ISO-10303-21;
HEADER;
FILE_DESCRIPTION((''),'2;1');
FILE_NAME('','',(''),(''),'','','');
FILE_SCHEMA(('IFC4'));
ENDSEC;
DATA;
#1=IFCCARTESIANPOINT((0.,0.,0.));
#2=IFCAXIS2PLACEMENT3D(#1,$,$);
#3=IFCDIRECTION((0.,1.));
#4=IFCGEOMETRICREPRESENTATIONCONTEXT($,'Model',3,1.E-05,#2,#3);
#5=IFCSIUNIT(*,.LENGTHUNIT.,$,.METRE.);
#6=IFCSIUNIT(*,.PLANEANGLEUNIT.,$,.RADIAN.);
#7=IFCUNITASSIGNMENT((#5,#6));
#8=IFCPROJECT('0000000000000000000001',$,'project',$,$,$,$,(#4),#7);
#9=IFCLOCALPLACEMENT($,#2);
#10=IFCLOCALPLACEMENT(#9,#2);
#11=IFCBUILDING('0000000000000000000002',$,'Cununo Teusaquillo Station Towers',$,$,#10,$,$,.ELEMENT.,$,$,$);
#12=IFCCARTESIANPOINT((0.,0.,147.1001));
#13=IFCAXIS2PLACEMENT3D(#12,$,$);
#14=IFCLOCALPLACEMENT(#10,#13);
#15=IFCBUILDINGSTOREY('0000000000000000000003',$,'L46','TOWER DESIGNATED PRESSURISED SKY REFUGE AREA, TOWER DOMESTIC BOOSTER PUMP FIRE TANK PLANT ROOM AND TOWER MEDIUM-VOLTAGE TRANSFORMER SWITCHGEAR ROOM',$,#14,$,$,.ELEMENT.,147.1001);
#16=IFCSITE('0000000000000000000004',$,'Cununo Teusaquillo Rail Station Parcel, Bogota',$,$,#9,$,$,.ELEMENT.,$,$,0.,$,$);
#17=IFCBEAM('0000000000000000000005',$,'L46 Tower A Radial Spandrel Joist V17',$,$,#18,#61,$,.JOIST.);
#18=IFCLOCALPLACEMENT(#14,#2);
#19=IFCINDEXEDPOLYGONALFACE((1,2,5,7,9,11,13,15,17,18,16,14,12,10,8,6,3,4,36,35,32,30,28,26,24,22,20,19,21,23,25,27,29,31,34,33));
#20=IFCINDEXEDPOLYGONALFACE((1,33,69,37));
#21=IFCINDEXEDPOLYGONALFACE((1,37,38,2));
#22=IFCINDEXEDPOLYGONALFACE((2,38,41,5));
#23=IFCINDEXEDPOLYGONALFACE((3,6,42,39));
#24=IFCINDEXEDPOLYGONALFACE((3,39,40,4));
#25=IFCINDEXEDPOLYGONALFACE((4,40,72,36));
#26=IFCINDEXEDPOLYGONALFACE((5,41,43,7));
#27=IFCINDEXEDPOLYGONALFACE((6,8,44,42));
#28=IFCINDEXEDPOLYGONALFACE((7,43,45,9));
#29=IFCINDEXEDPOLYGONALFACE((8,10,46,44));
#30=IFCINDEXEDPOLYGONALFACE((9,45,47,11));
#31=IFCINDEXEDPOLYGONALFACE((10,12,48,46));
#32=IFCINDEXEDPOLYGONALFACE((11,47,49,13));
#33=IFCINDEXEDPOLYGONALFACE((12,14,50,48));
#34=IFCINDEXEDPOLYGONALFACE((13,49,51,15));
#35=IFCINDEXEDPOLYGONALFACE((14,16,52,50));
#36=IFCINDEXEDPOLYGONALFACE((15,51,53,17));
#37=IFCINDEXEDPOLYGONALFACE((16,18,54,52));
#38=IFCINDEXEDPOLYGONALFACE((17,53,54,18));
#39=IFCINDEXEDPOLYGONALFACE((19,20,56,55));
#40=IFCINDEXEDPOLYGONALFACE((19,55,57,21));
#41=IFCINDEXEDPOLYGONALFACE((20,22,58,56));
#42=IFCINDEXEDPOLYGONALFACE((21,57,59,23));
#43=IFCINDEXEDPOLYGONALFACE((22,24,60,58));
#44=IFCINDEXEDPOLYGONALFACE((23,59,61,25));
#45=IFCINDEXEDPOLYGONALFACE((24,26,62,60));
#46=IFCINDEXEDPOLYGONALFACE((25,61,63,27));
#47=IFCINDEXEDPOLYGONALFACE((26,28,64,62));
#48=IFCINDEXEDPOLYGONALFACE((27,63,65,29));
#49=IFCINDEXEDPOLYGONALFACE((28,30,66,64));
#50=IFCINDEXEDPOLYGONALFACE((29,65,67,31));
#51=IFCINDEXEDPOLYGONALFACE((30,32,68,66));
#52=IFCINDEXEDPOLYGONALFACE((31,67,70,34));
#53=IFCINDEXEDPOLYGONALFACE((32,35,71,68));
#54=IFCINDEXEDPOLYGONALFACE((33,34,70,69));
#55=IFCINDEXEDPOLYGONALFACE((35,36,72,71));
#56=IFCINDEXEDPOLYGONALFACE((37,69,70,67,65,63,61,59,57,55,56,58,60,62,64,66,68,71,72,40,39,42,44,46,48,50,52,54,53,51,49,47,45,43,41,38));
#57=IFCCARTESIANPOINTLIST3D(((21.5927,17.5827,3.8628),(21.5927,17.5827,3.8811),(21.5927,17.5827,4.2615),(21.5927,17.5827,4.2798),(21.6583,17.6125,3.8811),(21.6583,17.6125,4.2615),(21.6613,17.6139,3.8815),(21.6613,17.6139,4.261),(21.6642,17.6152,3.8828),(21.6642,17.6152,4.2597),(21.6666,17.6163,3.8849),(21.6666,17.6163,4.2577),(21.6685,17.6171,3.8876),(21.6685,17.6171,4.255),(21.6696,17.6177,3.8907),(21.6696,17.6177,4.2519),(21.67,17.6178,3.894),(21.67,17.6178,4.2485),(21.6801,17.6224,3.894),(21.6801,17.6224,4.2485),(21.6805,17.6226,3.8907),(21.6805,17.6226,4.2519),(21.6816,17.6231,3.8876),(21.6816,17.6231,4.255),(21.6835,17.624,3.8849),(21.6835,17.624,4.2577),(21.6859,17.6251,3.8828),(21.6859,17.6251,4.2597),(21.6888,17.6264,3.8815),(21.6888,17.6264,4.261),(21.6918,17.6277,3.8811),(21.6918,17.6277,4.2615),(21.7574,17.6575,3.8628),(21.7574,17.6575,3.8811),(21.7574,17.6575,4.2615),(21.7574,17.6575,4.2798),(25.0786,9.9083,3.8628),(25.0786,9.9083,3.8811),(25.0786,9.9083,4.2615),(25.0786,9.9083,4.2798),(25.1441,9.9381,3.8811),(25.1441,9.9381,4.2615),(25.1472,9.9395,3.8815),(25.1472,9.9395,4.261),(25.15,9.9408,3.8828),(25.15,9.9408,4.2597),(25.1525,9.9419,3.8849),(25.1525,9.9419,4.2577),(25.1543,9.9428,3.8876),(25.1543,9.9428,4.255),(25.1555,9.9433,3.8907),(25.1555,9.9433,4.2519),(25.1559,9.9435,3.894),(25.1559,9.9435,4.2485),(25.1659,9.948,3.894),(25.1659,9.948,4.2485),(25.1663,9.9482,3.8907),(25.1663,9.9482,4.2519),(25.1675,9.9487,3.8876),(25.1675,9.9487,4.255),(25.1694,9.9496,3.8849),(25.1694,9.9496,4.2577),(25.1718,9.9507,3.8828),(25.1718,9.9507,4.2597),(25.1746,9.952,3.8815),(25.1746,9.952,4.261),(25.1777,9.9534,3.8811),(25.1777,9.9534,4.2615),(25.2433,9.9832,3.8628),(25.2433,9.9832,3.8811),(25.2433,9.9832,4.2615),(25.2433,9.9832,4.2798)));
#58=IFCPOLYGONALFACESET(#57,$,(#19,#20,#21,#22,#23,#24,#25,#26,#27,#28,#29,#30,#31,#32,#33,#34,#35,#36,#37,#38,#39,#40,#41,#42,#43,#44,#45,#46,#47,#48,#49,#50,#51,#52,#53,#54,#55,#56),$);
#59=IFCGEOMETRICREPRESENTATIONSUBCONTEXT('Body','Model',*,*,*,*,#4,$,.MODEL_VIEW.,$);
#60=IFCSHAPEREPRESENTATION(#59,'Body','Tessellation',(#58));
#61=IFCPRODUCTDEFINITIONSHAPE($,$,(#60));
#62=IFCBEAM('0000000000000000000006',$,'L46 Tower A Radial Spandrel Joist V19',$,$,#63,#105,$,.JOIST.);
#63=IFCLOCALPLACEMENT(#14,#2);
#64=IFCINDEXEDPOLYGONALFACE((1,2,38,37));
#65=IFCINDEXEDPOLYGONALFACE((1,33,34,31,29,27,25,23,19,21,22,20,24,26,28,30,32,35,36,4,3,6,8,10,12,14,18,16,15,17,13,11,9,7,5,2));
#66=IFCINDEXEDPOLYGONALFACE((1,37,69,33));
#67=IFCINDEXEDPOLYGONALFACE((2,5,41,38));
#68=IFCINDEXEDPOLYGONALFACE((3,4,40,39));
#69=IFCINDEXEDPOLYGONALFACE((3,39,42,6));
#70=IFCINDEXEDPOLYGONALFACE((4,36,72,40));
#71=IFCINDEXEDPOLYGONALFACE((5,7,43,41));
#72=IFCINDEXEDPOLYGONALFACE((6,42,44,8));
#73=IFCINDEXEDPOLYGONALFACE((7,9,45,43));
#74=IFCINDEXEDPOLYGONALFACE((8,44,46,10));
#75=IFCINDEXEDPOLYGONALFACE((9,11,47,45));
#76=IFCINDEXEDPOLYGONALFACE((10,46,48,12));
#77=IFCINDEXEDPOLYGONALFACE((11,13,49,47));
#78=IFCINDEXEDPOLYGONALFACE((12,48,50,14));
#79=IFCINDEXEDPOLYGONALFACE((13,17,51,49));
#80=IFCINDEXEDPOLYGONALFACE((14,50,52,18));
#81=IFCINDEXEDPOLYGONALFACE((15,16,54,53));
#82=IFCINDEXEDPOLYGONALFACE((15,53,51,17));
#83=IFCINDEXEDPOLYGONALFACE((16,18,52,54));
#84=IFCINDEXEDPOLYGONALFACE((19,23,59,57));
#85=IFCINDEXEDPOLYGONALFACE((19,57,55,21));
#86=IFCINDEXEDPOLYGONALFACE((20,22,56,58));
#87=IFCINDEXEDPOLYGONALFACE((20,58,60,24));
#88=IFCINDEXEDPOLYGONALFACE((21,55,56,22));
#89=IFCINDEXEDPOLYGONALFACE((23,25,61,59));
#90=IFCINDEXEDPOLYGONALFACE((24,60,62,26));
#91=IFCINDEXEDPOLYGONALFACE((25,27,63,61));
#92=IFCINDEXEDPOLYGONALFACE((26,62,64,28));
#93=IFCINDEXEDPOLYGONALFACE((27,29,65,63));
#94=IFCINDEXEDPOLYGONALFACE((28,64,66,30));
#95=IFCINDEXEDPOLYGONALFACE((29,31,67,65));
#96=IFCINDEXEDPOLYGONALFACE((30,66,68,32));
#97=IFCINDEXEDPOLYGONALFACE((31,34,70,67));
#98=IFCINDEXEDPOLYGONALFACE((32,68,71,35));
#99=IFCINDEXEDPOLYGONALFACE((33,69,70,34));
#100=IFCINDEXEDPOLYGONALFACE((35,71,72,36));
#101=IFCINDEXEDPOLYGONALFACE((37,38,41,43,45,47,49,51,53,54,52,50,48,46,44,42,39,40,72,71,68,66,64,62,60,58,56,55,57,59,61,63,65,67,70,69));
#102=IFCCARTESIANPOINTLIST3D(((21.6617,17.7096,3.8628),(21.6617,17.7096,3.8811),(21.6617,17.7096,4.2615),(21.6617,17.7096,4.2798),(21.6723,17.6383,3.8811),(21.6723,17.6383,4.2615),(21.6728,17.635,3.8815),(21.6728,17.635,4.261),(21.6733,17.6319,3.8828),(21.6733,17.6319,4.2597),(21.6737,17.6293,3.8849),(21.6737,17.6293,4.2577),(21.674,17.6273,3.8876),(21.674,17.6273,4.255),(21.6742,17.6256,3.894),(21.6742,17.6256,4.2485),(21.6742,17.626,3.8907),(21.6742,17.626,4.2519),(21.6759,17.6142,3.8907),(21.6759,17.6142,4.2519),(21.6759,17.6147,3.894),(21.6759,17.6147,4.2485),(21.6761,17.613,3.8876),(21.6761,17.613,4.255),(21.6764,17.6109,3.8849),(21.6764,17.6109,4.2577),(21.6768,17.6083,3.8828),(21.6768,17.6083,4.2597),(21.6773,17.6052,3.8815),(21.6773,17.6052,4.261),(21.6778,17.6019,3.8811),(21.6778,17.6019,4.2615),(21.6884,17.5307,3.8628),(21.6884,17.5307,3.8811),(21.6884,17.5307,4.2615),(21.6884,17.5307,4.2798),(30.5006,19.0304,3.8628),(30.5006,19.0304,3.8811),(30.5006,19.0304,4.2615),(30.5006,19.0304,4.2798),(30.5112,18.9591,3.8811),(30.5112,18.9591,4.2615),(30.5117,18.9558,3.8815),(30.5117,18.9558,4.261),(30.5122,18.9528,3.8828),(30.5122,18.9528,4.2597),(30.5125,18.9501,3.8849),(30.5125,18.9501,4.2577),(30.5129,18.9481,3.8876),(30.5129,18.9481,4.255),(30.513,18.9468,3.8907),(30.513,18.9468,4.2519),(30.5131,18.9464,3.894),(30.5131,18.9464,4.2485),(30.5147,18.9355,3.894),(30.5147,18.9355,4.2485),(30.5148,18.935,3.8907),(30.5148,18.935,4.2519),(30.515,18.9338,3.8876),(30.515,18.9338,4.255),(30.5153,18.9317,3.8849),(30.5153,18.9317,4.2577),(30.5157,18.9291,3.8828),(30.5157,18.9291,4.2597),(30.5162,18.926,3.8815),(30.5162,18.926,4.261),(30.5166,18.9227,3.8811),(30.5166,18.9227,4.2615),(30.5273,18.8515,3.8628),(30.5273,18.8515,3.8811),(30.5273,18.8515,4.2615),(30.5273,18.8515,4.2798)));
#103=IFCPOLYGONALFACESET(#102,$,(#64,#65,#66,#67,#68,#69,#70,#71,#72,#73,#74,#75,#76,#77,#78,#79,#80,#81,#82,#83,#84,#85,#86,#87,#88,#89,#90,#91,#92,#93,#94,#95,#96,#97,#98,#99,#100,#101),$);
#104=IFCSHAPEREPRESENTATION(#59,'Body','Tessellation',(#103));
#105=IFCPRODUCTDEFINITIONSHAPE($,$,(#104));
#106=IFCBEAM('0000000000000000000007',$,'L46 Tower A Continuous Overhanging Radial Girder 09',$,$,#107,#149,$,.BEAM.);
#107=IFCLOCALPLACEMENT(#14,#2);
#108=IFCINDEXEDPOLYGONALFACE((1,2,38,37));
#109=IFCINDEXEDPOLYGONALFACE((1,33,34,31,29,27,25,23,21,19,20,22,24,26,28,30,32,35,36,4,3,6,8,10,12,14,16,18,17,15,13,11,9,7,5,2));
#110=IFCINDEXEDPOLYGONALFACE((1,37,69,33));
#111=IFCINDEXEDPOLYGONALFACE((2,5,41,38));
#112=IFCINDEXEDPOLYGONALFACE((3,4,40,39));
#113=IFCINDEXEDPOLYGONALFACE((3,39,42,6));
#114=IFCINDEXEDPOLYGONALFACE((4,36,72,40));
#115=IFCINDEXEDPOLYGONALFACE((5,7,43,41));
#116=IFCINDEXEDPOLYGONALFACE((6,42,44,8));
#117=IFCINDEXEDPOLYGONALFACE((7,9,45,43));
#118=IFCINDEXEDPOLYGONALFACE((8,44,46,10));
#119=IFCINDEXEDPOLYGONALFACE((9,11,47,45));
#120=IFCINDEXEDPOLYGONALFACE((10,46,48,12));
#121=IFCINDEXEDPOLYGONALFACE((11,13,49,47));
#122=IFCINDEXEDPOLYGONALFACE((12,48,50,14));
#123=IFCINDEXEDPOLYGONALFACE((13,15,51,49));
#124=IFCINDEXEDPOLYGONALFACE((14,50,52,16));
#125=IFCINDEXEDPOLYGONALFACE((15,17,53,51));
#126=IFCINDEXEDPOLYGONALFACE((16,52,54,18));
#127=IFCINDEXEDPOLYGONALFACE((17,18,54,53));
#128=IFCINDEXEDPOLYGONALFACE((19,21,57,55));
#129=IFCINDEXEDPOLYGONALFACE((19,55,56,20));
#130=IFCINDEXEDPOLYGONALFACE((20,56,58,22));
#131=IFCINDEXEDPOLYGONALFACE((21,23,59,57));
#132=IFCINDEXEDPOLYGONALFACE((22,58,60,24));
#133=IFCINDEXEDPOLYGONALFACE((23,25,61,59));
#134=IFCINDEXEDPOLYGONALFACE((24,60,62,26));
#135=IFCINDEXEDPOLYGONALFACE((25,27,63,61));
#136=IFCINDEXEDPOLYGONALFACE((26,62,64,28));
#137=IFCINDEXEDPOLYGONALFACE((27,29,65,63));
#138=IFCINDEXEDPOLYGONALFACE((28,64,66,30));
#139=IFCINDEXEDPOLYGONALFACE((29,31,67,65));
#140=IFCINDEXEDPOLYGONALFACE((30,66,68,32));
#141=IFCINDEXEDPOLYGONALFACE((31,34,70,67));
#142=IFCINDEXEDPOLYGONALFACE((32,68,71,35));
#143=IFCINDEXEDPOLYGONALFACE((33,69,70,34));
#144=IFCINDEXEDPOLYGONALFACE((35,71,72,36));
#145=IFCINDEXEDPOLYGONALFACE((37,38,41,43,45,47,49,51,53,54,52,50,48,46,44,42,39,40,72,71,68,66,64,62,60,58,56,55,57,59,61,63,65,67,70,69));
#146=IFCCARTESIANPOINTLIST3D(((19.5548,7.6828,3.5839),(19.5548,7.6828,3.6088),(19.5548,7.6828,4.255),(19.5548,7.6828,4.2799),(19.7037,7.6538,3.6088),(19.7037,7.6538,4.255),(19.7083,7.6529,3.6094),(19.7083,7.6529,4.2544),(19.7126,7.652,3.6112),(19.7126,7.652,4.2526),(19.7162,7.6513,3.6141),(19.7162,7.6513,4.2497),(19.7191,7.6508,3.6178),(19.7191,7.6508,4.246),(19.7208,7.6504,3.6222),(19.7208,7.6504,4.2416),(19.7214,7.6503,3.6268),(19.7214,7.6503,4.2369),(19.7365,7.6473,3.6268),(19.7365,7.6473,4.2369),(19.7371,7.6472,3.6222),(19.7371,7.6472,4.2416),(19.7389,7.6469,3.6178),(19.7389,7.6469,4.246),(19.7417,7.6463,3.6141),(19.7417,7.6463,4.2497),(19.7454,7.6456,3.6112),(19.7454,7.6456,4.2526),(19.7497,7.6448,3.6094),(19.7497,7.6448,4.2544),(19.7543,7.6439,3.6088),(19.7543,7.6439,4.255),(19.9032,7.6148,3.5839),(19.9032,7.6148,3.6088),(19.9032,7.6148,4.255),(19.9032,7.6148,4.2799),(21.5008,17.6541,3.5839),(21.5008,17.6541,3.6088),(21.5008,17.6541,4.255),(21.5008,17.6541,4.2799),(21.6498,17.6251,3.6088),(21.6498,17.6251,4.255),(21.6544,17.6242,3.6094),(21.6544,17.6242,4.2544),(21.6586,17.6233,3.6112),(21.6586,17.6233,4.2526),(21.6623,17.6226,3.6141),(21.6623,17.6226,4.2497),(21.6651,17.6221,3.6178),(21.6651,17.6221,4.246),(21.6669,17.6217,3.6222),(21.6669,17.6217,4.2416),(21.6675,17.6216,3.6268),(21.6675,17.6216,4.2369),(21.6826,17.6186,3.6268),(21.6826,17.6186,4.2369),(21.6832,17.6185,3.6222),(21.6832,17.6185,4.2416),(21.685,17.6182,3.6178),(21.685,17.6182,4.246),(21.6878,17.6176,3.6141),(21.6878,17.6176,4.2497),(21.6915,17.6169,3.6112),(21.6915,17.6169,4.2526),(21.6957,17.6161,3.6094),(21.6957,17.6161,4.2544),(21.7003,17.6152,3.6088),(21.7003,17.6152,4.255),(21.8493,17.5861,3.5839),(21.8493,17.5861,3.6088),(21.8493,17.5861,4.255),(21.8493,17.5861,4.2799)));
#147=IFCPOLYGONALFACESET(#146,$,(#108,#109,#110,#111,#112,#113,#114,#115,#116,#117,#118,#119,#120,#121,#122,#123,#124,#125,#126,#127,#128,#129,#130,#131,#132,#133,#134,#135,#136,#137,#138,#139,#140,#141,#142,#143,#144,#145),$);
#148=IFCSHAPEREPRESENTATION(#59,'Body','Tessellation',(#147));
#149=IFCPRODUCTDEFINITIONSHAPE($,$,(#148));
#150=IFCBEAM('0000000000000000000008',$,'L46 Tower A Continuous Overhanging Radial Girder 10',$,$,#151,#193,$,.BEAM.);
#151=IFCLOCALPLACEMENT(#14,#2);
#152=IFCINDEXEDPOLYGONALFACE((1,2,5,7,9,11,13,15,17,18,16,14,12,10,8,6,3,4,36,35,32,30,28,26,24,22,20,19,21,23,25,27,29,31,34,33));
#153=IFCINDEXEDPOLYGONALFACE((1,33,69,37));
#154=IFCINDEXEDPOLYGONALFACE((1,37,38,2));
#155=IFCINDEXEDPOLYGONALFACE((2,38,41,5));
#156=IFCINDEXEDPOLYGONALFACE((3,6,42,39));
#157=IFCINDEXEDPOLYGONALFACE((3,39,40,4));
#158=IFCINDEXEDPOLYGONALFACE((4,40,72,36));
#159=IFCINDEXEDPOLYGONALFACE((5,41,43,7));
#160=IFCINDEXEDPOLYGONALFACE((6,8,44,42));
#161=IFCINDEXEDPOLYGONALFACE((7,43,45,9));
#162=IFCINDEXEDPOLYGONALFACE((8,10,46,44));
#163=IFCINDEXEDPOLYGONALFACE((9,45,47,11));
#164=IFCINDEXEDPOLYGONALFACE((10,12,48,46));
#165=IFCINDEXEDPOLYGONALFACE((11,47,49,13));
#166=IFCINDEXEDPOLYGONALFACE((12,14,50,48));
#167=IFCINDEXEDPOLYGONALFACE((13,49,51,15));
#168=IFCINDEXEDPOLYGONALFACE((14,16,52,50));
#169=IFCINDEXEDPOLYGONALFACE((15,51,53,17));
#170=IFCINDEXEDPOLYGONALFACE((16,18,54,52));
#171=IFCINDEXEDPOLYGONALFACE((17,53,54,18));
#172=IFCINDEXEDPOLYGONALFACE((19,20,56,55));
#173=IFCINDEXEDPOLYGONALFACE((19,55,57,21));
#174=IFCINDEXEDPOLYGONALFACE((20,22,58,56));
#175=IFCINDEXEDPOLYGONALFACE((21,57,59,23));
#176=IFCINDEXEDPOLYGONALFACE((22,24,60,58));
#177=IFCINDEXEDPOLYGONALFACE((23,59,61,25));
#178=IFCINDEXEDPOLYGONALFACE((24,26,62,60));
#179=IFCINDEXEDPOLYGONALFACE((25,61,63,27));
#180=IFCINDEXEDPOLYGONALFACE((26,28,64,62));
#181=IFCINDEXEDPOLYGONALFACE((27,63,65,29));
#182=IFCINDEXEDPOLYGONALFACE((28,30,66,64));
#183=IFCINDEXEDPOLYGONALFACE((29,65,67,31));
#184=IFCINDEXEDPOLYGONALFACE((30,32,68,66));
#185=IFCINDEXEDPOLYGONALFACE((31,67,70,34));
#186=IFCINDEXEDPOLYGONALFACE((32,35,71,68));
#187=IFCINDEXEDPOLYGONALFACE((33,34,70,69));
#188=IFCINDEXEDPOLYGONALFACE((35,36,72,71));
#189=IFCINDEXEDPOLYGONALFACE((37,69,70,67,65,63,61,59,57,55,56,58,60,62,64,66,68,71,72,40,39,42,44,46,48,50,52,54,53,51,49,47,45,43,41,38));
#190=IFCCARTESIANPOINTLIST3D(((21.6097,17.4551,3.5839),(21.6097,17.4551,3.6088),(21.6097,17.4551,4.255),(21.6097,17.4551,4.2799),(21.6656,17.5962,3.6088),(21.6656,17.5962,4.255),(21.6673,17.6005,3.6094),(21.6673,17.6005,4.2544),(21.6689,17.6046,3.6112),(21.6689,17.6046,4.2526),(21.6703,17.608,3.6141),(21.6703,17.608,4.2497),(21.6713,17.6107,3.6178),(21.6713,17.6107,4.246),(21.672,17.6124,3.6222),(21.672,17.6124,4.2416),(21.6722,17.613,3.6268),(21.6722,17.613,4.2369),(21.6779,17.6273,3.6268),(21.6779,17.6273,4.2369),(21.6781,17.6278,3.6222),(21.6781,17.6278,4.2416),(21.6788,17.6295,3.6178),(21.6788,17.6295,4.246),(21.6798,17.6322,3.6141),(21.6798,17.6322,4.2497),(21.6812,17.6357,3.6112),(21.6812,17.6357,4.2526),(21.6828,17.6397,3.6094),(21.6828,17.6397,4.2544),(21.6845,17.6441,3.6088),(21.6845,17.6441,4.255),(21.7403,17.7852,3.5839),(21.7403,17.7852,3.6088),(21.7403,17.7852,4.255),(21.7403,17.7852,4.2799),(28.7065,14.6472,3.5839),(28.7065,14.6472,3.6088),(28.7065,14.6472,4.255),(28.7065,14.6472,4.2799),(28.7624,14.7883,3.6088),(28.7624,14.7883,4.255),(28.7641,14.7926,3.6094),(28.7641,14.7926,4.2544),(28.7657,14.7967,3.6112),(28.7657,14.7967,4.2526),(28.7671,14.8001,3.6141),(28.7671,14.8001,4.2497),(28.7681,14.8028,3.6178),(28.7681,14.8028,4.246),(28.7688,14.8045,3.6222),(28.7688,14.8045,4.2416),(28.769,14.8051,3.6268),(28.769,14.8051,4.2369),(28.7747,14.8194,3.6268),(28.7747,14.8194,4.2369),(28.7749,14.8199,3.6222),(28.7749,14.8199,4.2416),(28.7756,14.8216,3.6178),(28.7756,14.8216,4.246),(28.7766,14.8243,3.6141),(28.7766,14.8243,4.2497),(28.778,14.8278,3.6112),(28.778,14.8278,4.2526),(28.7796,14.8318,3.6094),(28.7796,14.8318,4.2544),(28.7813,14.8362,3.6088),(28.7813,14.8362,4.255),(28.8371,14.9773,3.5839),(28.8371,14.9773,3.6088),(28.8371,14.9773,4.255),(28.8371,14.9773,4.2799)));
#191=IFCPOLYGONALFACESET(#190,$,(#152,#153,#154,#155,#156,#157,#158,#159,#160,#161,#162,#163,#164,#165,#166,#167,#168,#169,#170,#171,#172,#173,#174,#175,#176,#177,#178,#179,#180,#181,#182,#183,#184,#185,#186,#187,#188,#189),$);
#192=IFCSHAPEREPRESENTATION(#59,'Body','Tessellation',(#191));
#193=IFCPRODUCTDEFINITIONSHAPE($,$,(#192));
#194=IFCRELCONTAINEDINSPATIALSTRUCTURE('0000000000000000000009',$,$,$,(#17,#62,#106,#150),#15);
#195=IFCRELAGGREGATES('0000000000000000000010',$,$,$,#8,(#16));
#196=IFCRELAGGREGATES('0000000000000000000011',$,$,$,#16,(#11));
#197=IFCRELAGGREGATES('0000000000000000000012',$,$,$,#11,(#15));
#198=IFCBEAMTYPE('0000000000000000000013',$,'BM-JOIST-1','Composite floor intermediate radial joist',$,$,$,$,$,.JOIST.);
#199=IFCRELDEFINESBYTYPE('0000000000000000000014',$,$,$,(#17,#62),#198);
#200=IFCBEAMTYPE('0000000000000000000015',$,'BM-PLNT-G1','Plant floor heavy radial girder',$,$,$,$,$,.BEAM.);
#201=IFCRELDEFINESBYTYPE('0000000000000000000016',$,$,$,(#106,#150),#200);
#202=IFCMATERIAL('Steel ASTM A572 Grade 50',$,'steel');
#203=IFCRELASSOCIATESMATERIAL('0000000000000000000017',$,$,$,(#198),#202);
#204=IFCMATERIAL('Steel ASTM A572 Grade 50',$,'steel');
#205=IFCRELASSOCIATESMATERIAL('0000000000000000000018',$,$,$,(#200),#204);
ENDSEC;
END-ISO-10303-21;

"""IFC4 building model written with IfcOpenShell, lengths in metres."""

from ifc_helpers import new_model, si_unit, direction, frame, origin, origin_2d, place, context, subcontext, project, spatial, i_section, extrude, material, material_profile, profile_set, type_object, element, save


model = new_model("IFC4")

# Units and contexts
model_context = context("Model", 3, precision=1e-05, world=origin(), true_north=direction((0.0, 1.0)))
body_context = subcontext(model_context, "Body", "Model", "MODEL_VIEW")
ifc_project = project(units=[si_unit("LENGTHUNIT", "METRE"), si_unit("PLANEANGLEUNIT", "RADIAN")], contexts=[model_context])

# Site, building, storey
site_placement = place(None, origin())
site = spatial("IfcSite", under=ifc_project, at=site_placement, Name="Cununo Teusaquillo Rail Station Parcel, Bogota", CompositionType="ELEMENT", RefElevation=0.0)
building_placement = place(site_placement, origin())
building = spatial("IfcBuilding", under=site, at=building_placement, Name="Cununo Teusaquillo Station Towers", CompositionType="ELEMENT")
storey_placement = place(building_placement, frame((0.0, 0.0, 147.1001)))
storey = spatial("IfcBuildingStorey", under=building, at=storey_placement, Name="L46", Description="TOWER DESIGNATED PRESSURISED SKY REFUGE AREA, TOWER DOMESTIC BOOSTER PUMP FIRE TANK PLANT ROOM AND TOWER MEDIUM-VOLTAGE TRANSFORMER SWITCHGEAR ROOM", CompositionType="ELEMENT", Elevation=147.1001)

# Beams
ifc_material_1 = material(Name="Steel ASTM A572 Grade 50", Category="steel")
ifc_material_profile_1 = material_profile(ifc_material_1, i_section(OverallWidth=0.1809, OverallDepth=0.417, WebThickness=0.011, FlangeThickness=0.0183, FilletRadius=0.0129, at=origin_2d()), Name="W16X57")
ifc_profile_set_1 = profile_set([ifc_material_profile_1], Name="Steel ASTM A572 Grade 50")
beam_type_1 = type_object("IfcBeamType", Name="BM-JOIST-1", Description="Composite floor intermediate radial joist", PredefinedType="JOIST", material=ifc_profile_set_1)
beam_1_placement = place(storey_placement, frame((21.675, 17.6201, 4.0713), z_axis=(0.413559, -0.910478, 0.0), x_axis=(0.910478, 0.413559, 0.0)))
element("IfcBeam", 1, at=beam_1_placement, inside=storey, type_object=beam_type_1, Name="L46 Tower A Radial Spandrel Joist V17", PredefinedType="JOIST", context=body_context, shape_type="SweptSolid", body=[
    extrude(i_section(OverallWidth=0.1809, OverallDepth=0.417, WebThickness=0.011, FlangeThickness=0.0183, FilletRadius=0.0129, at=origin_2d()), origin(), (0.0, 0.0, 1.0), 8.429),
])
beam_2_placement = place(storey_placement, frame((21.675, 17.6201, 4.0713), z_axis=(0.989019, 0.14779, 0.0), x_axis=(-0.14779, 0.989019, 0.0)))
element("IfcBeam", 2, at=beam_2_placement, inside=storey, type_object=beam_type_1, Name="L46 Tower A Radial Spandrel Joist V19", PredefinedType="JOIST", context=body_context, shape_type="SweptSolid", body=[
    extrude(i_section(OverallWidth=0.1809, OverallDepth=0.417, WebThickness=0.011, FlangeThickness=0.0183, FilletRadius=0.0129, at=origin_2d()), origin(), (0.0, 0.0, 1.0), 8.937),
])
ifc_material_2 = material(Name="Steel ASTM A572 Grade 50", Category="steel")
ifc_material_profile_2 = material_profile(ifc_material_2, i_section(OverallWidth=0.355, OverallDepth=0.696, WebThickness=0.0154, FlangeThickness=0.0249, FilletRadius=0.0181, at=origin_2d()), Name="W27X146")
ifc_profile_set_2 = profile_set([ifc_material_profile_2], Name="Steel ASTM A572 Grade 50")
beam_type_2 = type_object("IfcBeamType", Name="BM-PLNT-G1", Description="Plant floor heavy radial girder", PredefinedType="BEAM", material=ifc_profile_set_2)
beam_3_placement = place(storey_placement, frame((21.675, 17.6201, 3.9319), z_axis=(-0.191553, -0.981482, 0.0), x_axis=(0.981482, -0.191553, 0.0)))
element("IfcBeam", 3, at=beam_3_placement, inside=storey, type_object=beam_type_2, Name="L46 Tower A Continuous Overhanging Radial Girder 09", PredefinedType="BEAM", context=body_context, shape_type="SweptSolid", body=[
    extrude(i_section(OverallWidth=0.355, OverallDepth=0.696, WebThickness=0.0154, FlangeThickness=0.0249, FilletRadius=0.0181, at=origin_2d()), origin(), (0.0, 0.0, 1.0), 10.1594),
])
beam_4_placement = place(storey_placement, frame((21.675, 17.6201, 3.9319), z_axis=(0.929862, -0.367908, 0.0), x_axis=(0.367908, 0.929862, 0.0)))
element("IfcBeam", 4, at=beam_4_placement, inside=storey, type_object=beam_type_2, Name="L46 Tower A Continuous Overhanging Radial Girder 10", PredefinedType="BEAM", context=body_context, shape_type="SweptSolid", body=[
    extrude(i_section(OverallWidth=0.355, OverallDepth=0.696, WebThickness=0.0154, FlangeThickness=0.0249, FilletRadius=0.0181, at=origin_2d()), origin(), (0.0, 0.0, 1.0), 7.6321),
])

save(model, "model.ifc")
